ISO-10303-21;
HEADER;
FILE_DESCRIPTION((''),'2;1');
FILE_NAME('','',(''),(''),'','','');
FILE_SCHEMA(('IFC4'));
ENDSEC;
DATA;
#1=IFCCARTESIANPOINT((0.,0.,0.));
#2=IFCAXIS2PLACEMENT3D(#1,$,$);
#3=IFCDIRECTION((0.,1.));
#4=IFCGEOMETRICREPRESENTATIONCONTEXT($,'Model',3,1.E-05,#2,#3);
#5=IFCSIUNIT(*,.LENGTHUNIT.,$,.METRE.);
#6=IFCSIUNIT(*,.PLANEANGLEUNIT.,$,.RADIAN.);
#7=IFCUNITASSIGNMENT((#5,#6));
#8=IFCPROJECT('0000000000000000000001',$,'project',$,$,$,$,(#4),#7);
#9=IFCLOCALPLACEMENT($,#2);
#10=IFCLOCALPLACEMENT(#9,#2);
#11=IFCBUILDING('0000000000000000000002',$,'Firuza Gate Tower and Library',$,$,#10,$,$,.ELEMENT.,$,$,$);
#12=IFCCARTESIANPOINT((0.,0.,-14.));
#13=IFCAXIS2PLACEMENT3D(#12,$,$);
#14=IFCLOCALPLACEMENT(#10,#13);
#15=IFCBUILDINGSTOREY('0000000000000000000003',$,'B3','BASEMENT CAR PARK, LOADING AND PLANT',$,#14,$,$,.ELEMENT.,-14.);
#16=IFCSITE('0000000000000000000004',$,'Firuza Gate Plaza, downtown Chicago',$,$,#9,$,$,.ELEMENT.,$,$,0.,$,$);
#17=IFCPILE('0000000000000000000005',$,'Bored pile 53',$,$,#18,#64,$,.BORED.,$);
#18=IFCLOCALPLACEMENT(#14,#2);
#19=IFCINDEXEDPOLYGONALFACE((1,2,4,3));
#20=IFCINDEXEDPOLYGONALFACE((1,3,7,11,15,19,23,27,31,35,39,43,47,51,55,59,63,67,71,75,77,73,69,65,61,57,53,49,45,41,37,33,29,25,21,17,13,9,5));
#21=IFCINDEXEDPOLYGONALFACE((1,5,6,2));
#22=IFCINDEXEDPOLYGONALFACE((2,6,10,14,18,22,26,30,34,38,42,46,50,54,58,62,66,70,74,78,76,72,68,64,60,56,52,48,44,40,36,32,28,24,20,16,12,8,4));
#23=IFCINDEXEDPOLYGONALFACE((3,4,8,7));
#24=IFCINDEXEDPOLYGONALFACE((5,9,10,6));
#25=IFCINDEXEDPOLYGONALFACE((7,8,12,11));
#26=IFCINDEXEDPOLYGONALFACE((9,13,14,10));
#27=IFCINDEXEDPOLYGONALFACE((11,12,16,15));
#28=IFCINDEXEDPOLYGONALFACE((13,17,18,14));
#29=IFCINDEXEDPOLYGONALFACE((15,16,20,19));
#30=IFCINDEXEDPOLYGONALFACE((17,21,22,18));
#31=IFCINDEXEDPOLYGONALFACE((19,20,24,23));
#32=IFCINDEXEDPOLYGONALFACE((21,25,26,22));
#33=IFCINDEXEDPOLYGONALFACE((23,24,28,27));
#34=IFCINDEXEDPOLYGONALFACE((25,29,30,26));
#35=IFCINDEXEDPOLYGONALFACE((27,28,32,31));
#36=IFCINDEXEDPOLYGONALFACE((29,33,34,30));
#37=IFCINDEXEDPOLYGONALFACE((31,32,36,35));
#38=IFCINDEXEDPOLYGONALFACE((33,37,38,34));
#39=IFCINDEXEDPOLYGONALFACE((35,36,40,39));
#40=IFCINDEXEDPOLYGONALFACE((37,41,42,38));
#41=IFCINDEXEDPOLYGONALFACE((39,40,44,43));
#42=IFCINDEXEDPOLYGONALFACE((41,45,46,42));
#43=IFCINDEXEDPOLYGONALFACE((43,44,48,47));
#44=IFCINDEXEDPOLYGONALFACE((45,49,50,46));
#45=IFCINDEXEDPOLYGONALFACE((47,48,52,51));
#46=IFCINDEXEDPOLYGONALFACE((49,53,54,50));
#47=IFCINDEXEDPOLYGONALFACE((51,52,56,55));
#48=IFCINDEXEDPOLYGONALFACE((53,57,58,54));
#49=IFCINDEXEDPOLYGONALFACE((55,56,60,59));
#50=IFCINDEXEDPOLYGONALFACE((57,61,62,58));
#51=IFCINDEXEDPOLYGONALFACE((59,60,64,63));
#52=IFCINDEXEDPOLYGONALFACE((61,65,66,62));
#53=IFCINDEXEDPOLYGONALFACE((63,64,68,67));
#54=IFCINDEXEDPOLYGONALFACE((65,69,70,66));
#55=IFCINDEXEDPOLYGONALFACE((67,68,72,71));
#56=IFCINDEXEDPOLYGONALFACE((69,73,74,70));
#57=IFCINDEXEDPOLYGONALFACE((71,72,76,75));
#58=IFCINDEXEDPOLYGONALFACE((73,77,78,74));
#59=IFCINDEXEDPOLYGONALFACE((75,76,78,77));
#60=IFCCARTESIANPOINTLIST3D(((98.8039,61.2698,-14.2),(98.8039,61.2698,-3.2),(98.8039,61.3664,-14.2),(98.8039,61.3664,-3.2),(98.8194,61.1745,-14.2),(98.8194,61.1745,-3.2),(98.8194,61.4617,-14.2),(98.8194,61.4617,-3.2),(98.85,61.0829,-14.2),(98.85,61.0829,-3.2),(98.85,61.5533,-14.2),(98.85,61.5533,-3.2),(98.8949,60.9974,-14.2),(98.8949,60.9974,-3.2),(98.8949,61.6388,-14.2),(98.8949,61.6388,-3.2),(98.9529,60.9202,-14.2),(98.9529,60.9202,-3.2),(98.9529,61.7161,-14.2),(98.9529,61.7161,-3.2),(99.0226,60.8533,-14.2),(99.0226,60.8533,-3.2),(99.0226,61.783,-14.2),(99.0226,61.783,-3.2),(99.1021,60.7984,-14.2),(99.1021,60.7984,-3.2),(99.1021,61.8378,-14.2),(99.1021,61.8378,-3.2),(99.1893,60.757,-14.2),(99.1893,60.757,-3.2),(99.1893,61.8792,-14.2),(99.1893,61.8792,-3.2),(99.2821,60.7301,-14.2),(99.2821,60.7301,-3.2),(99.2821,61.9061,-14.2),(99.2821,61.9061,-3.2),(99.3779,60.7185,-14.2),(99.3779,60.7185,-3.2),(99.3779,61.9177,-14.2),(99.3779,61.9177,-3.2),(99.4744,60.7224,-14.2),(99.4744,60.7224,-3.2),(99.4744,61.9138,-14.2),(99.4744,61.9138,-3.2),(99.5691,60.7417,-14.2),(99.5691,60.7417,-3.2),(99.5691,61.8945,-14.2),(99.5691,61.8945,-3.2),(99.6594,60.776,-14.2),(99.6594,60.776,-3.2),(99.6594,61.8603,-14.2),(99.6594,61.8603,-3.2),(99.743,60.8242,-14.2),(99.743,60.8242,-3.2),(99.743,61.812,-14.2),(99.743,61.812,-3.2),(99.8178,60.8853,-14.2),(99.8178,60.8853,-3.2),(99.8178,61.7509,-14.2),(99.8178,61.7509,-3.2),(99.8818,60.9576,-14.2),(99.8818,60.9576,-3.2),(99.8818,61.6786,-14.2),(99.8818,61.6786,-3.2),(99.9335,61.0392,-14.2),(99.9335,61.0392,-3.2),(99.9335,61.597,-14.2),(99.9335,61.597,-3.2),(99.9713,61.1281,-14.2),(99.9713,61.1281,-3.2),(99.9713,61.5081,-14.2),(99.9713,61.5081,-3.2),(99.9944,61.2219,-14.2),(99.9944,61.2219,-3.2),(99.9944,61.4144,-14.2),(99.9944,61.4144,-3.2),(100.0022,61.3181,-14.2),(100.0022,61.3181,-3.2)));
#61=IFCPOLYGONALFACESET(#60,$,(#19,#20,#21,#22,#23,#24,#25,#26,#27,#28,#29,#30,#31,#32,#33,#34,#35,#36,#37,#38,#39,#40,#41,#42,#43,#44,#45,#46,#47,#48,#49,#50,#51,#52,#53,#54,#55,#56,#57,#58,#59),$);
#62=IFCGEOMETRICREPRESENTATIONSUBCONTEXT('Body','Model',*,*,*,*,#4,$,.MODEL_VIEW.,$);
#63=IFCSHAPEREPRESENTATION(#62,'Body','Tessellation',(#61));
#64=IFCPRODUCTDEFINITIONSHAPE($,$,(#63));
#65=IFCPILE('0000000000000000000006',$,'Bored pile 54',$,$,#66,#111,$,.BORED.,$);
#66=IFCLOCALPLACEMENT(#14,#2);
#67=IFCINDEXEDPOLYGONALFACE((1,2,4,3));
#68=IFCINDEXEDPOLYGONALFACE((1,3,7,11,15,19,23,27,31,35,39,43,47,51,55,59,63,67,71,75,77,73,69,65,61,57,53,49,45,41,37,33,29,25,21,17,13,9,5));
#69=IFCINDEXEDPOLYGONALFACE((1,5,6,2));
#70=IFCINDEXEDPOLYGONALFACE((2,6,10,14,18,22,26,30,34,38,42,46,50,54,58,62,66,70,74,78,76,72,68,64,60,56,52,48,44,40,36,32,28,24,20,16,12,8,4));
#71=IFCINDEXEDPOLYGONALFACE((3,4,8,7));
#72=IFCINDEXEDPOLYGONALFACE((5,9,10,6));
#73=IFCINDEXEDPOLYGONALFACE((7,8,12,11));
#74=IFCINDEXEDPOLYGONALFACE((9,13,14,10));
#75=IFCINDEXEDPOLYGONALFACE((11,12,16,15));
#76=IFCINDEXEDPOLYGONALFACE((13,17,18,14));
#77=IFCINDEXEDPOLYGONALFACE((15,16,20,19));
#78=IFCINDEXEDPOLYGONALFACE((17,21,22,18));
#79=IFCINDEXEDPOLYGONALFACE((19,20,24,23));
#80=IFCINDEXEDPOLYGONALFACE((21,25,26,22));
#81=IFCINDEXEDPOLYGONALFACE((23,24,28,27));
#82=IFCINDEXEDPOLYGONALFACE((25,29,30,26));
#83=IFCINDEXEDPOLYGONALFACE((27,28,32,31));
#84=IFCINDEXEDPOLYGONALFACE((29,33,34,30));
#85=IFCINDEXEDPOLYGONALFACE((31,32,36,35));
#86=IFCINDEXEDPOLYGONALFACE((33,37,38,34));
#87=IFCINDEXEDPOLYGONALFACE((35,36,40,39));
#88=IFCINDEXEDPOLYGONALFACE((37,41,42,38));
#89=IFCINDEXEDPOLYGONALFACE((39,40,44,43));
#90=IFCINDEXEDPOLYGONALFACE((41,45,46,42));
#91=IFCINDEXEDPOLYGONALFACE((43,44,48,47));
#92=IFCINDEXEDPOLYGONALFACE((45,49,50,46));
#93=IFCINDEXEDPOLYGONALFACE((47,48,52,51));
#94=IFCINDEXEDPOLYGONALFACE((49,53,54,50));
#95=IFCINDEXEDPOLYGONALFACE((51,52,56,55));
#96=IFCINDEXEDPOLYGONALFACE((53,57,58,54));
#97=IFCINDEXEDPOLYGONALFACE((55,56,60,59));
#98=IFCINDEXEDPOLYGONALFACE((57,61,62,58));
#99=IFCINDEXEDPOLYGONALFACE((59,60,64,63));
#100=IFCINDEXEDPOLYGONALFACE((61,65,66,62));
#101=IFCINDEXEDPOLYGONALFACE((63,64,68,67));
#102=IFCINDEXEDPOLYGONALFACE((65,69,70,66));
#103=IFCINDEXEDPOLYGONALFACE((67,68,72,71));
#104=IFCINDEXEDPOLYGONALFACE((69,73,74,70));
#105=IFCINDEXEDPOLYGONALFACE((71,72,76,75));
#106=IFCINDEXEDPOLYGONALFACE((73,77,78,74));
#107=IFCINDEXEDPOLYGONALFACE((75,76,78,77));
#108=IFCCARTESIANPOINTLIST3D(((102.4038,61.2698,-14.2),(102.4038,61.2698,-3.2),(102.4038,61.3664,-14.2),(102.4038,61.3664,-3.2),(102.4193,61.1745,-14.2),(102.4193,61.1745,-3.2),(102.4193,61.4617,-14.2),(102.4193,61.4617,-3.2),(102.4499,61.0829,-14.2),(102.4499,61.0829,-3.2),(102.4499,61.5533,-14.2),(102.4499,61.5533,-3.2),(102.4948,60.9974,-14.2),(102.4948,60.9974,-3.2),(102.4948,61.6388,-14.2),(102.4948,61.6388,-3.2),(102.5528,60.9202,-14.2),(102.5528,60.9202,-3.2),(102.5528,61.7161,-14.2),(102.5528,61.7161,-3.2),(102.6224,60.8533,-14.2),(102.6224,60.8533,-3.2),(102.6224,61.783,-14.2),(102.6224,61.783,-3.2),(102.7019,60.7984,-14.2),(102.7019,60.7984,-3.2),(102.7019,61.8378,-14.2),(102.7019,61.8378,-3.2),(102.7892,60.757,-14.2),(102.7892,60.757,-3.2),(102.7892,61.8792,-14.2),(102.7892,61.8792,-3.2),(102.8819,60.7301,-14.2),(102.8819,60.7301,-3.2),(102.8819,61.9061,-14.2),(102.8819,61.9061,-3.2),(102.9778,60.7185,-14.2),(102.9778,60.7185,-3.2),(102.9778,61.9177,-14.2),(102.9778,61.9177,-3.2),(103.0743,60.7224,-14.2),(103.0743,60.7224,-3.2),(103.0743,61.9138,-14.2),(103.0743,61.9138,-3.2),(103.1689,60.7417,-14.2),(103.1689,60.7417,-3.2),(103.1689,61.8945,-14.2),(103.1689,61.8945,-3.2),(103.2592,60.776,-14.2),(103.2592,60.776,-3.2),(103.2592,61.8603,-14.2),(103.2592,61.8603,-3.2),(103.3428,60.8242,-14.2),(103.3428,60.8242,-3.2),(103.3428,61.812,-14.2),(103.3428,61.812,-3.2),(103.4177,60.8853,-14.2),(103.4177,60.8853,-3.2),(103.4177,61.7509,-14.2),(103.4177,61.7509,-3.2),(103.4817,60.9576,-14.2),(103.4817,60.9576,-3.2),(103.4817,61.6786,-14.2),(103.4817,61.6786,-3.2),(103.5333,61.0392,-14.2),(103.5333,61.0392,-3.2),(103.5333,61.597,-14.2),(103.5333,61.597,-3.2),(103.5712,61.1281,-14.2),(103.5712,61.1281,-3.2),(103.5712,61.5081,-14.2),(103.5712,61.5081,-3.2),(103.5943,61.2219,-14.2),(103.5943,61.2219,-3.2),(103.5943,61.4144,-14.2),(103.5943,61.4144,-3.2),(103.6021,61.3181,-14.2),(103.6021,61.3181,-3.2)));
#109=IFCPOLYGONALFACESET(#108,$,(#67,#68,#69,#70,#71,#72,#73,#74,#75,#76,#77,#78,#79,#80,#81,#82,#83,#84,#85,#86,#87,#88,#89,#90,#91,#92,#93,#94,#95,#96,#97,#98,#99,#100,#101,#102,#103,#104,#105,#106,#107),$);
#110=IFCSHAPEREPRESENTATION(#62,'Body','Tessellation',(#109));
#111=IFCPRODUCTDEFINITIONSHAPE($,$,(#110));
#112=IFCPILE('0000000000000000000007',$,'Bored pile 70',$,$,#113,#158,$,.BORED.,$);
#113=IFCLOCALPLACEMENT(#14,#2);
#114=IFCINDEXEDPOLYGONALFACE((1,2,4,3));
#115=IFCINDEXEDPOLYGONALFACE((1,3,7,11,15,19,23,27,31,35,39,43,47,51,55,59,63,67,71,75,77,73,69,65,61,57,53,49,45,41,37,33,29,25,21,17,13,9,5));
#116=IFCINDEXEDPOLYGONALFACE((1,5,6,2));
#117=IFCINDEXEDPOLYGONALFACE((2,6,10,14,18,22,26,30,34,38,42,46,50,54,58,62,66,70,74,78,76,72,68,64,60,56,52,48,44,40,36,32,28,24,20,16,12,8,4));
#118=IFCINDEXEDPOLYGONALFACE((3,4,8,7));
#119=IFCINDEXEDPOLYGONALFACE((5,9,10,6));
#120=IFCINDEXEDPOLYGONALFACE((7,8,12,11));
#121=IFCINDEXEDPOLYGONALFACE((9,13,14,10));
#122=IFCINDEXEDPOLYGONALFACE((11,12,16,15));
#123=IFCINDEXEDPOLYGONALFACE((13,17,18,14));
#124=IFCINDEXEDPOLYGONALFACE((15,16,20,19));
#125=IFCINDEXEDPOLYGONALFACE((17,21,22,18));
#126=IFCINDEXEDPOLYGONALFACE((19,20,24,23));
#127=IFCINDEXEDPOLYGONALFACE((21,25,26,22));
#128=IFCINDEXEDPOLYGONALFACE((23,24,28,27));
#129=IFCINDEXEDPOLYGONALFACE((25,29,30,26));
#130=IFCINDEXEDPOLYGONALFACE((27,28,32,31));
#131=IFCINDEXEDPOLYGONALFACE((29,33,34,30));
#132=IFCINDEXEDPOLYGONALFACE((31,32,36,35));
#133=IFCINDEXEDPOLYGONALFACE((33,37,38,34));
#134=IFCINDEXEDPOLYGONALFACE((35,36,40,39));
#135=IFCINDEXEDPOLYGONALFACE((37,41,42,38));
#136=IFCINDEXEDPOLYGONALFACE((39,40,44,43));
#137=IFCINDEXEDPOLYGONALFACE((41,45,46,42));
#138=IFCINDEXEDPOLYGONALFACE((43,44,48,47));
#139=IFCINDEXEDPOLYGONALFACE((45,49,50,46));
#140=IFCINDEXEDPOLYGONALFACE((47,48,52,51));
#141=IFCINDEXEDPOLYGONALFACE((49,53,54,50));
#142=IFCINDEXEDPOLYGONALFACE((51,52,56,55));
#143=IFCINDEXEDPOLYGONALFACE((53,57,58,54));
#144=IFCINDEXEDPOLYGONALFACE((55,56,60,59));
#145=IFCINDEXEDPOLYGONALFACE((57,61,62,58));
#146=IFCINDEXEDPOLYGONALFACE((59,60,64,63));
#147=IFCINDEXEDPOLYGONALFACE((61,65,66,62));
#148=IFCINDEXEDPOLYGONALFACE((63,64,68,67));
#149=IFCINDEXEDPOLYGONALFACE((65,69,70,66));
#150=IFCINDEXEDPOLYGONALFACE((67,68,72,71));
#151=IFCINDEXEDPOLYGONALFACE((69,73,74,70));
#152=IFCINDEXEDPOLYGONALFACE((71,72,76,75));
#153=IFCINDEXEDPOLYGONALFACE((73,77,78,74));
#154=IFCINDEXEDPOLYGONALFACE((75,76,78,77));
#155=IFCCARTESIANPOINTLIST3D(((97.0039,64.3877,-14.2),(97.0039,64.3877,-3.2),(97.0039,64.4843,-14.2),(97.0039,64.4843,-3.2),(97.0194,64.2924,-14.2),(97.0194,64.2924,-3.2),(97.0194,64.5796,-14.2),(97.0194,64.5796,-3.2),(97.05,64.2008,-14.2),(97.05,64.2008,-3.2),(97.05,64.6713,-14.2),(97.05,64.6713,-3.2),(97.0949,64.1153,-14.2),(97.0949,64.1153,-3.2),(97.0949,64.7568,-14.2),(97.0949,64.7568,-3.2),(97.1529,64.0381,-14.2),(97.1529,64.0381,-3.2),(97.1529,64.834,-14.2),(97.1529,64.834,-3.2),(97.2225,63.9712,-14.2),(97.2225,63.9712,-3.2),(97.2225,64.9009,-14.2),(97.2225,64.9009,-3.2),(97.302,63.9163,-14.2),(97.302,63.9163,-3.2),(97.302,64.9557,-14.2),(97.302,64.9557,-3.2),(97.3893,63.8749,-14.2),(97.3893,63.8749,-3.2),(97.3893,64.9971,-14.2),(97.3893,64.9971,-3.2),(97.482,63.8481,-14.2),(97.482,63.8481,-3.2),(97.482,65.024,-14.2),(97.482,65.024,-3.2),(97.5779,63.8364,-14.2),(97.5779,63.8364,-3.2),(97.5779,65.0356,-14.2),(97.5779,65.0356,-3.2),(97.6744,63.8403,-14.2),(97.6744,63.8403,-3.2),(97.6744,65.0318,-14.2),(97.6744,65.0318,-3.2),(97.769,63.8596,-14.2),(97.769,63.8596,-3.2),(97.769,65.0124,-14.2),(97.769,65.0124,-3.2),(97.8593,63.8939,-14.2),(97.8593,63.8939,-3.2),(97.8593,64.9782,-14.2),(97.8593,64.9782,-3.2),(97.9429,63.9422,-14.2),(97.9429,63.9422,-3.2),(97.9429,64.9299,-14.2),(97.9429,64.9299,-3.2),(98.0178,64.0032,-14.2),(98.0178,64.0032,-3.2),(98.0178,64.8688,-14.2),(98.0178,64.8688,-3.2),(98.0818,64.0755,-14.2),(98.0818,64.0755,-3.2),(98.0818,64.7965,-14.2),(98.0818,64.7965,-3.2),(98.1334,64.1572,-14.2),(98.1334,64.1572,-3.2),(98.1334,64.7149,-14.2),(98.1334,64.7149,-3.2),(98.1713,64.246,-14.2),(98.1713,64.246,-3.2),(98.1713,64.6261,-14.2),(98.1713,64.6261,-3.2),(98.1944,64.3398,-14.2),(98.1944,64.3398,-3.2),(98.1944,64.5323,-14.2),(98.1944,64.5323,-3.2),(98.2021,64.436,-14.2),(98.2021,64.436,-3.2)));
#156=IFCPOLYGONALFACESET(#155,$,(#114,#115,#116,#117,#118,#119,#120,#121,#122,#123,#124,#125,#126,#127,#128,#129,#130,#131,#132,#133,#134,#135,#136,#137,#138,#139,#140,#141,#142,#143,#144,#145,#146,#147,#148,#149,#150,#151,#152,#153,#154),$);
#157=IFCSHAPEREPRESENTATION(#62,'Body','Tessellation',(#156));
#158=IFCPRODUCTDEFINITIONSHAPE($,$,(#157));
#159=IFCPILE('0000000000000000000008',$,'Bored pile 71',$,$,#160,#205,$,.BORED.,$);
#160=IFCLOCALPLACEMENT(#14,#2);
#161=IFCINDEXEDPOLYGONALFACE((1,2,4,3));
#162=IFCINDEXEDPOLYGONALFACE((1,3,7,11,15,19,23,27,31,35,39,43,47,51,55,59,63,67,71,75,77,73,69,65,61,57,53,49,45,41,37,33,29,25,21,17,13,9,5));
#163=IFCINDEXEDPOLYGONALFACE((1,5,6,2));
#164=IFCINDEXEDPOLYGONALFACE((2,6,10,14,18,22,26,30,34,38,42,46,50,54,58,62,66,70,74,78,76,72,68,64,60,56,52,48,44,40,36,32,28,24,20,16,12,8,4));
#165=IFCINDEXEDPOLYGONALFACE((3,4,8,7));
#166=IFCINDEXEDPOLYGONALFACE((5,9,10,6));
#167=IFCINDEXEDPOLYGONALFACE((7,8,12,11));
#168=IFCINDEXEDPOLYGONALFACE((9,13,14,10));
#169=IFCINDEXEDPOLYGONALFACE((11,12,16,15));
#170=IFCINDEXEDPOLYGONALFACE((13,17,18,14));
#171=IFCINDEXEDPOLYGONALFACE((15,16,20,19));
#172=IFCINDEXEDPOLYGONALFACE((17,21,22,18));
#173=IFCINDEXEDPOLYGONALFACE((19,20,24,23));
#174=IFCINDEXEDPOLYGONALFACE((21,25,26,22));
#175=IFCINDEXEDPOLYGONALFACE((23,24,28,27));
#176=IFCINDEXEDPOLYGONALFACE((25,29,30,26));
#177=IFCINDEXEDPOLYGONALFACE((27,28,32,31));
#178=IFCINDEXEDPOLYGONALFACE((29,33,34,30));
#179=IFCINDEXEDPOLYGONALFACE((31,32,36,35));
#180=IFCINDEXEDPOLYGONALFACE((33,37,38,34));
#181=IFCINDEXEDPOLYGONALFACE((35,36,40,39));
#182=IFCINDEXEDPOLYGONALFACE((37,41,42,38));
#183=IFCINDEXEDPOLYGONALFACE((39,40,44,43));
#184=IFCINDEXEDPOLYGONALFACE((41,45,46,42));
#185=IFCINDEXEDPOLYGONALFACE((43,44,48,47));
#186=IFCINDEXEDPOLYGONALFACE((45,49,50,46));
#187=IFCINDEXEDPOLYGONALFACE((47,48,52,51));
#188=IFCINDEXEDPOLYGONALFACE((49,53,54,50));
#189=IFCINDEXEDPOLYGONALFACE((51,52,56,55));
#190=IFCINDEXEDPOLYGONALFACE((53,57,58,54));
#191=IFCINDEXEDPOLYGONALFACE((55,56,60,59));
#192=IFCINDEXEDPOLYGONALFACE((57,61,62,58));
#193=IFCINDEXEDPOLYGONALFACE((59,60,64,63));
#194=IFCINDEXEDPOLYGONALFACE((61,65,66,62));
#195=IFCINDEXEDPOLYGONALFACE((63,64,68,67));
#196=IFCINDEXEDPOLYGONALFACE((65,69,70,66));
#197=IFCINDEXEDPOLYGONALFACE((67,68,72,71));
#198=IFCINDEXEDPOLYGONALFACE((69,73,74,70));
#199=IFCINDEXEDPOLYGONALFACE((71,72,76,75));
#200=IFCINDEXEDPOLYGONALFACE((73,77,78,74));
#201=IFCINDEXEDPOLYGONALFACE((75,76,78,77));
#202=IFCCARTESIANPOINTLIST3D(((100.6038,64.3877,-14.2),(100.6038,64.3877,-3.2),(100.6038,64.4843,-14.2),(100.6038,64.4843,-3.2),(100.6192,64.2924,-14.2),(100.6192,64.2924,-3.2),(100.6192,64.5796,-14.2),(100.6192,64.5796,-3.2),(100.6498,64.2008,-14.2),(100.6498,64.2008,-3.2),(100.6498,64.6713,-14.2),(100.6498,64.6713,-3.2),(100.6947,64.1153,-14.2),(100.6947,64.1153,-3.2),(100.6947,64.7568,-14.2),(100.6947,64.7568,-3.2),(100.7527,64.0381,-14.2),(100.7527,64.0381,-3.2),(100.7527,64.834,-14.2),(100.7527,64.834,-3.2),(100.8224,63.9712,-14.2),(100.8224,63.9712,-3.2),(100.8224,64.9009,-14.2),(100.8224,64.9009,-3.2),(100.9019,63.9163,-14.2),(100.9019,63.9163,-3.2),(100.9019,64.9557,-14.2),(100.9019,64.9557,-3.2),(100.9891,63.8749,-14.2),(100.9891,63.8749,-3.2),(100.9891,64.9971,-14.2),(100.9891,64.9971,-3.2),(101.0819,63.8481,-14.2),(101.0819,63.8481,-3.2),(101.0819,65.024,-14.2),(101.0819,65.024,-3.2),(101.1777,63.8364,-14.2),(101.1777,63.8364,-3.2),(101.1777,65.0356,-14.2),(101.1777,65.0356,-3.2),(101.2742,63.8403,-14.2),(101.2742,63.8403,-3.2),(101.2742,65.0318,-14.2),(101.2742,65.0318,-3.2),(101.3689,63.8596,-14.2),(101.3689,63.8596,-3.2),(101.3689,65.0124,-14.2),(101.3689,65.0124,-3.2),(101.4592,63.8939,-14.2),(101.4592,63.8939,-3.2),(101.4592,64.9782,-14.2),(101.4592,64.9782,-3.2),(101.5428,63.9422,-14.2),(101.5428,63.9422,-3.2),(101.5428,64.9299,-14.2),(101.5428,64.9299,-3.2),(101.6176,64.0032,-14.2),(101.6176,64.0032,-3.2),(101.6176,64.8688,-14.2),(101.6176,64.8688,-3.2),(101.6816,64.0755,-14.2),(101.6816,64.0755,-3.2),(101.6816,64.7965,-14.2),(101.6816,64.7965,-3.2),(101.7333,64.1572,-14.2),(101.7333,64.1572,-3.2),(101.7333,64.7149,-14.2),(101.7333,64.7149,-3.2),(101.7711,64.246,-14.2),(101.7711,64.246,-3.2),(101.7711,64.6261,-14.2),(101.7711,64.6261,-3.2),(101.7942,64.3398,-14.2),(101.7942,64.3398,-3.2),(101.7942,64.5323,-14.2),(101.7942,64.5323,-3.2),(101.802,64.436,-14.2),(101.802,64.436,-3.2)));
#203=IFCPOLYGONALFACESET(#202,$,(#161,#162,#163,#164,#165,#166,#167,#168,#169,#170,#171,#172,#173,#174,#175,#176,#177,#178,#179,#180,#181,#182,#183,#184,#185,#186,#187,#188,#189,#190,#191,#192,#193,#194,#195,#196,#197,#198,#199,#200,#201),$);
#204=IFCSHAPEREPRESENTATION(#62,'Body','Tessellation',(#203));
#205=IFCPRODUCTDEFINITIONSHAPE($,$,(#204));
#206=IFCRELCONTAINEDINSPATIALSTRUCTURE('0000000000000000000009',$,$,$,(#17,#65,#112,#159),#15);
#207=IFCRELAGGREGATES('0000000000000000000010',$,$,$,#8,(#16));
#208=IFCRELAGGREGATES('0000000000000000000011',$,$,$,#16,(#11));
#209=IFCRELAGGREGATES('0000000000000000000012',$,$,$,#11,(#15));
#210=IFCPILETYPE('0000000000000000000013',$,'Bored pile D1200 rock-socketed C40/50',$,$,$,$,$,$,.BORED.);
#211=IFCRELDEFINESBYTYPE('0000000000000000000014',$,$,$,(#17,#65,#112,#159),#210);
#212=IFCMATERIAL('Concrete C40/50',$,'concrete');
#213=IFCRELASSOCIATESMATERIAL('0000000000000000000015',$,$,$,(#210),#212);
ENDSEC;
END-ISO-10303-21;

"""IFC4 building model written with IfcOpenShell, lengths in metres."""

from ifc_helpers import new_model, si_unit, direction, frame, origin, origin_2d, place, context, subcontext, project, spatial, circle, extrude, material, material_profile, profile_set, type_object, element, save


model = new_model("IFC4")

# Units and contexts
model_context = context("Model", 3, precision=1e-05, world=origin(), true_north=direction((0.0, 1.0)))
body_context = subcontext(model_context, "Body", "Model", "MODEL_VIEW")
ifc_project = project(units=[si_unit("LENGTHUNIT", "METRE"), si_unit("PLANEANGLEUNIT", "RADIAN")], contexts=[model_context])

# Site, building, storey
site_placement = place(None, origin())
site = spatial("IfcSite", under=ifc_project, at=site_placement, Name="Firuza Gate Plaza, downtown Chicago", CompositionType="ELEMENT", RefElevation=0.0)
building_placement = place(site_placement, origin())
building = spatial("IfcBuilding", under=site, at=building_placement, Name="Firuza Gate Tower and Library", CompositionType="ELEMENT")
storey_placement = place(building_placement, frame((0.0, 0.0, -14.0)))
storey = spatial("IfcBuildingStorey", under=building, at=storey_placement, Name="B3", Description="BASEMENT CAR PARK, LOADING AND PLANT", CompositionType="ELEMENT", Elevation=-14.0)

# Piles
ifc_material_1 = material(Name="Concrete C40/50", Category="concrete")
ifc_material_profile_1 = material_profile(ifc_material_1, circle(Radius=0.6001, at=origin_2d()))
ifc_profile_set_1 = profile_set([ifc_material_profile_1], Name="Concrete C40/50")
pile_type = type_object("IfcPileType", Name="Bored pile D1200 rock-socketed C40/50", PredefinedType="BORED", material=ifc_profile_set_1)
for number, where, z_axis, x_axis, name in (
    (1, (99.4021, 61.3181, -3.2), (0.0, 0.0, -1.0), (1.0, 0.0, 0.0), "Bored pile 53"),
    (2, (103.002, 61.3181, -3.2), (0.0, 0.0, -1.0), (1.0, 0.0, 0.0), "Bored pile 54"),
    (3, (97.6021, 64.436, -3.2), (0.0, 0.0, -1.0), (1.0, 0.0, 0.0), "Bored pile 70"),
    (4, (101.2019, 64.436, -3.2), (0.0, 0.0, -1.0), (1.0, 0.0, 0.0), "Bored pile 71"),
):
    element("IfcPile", number, at=place(storey_placement, frame(where, z_axis=z_axis, x_axis=x_axis)), inside=storey, type_object=pile_type, Name=name, PredefinedType="BORED", context=body_context, shape_type="SweptSolid", body=[
        extrude(circle(Radius=0.6001, at=origin_2d()), origin(), (0.0, 0.0, 1.0), 11.0),
    ])

save(model, "model.ifc")
